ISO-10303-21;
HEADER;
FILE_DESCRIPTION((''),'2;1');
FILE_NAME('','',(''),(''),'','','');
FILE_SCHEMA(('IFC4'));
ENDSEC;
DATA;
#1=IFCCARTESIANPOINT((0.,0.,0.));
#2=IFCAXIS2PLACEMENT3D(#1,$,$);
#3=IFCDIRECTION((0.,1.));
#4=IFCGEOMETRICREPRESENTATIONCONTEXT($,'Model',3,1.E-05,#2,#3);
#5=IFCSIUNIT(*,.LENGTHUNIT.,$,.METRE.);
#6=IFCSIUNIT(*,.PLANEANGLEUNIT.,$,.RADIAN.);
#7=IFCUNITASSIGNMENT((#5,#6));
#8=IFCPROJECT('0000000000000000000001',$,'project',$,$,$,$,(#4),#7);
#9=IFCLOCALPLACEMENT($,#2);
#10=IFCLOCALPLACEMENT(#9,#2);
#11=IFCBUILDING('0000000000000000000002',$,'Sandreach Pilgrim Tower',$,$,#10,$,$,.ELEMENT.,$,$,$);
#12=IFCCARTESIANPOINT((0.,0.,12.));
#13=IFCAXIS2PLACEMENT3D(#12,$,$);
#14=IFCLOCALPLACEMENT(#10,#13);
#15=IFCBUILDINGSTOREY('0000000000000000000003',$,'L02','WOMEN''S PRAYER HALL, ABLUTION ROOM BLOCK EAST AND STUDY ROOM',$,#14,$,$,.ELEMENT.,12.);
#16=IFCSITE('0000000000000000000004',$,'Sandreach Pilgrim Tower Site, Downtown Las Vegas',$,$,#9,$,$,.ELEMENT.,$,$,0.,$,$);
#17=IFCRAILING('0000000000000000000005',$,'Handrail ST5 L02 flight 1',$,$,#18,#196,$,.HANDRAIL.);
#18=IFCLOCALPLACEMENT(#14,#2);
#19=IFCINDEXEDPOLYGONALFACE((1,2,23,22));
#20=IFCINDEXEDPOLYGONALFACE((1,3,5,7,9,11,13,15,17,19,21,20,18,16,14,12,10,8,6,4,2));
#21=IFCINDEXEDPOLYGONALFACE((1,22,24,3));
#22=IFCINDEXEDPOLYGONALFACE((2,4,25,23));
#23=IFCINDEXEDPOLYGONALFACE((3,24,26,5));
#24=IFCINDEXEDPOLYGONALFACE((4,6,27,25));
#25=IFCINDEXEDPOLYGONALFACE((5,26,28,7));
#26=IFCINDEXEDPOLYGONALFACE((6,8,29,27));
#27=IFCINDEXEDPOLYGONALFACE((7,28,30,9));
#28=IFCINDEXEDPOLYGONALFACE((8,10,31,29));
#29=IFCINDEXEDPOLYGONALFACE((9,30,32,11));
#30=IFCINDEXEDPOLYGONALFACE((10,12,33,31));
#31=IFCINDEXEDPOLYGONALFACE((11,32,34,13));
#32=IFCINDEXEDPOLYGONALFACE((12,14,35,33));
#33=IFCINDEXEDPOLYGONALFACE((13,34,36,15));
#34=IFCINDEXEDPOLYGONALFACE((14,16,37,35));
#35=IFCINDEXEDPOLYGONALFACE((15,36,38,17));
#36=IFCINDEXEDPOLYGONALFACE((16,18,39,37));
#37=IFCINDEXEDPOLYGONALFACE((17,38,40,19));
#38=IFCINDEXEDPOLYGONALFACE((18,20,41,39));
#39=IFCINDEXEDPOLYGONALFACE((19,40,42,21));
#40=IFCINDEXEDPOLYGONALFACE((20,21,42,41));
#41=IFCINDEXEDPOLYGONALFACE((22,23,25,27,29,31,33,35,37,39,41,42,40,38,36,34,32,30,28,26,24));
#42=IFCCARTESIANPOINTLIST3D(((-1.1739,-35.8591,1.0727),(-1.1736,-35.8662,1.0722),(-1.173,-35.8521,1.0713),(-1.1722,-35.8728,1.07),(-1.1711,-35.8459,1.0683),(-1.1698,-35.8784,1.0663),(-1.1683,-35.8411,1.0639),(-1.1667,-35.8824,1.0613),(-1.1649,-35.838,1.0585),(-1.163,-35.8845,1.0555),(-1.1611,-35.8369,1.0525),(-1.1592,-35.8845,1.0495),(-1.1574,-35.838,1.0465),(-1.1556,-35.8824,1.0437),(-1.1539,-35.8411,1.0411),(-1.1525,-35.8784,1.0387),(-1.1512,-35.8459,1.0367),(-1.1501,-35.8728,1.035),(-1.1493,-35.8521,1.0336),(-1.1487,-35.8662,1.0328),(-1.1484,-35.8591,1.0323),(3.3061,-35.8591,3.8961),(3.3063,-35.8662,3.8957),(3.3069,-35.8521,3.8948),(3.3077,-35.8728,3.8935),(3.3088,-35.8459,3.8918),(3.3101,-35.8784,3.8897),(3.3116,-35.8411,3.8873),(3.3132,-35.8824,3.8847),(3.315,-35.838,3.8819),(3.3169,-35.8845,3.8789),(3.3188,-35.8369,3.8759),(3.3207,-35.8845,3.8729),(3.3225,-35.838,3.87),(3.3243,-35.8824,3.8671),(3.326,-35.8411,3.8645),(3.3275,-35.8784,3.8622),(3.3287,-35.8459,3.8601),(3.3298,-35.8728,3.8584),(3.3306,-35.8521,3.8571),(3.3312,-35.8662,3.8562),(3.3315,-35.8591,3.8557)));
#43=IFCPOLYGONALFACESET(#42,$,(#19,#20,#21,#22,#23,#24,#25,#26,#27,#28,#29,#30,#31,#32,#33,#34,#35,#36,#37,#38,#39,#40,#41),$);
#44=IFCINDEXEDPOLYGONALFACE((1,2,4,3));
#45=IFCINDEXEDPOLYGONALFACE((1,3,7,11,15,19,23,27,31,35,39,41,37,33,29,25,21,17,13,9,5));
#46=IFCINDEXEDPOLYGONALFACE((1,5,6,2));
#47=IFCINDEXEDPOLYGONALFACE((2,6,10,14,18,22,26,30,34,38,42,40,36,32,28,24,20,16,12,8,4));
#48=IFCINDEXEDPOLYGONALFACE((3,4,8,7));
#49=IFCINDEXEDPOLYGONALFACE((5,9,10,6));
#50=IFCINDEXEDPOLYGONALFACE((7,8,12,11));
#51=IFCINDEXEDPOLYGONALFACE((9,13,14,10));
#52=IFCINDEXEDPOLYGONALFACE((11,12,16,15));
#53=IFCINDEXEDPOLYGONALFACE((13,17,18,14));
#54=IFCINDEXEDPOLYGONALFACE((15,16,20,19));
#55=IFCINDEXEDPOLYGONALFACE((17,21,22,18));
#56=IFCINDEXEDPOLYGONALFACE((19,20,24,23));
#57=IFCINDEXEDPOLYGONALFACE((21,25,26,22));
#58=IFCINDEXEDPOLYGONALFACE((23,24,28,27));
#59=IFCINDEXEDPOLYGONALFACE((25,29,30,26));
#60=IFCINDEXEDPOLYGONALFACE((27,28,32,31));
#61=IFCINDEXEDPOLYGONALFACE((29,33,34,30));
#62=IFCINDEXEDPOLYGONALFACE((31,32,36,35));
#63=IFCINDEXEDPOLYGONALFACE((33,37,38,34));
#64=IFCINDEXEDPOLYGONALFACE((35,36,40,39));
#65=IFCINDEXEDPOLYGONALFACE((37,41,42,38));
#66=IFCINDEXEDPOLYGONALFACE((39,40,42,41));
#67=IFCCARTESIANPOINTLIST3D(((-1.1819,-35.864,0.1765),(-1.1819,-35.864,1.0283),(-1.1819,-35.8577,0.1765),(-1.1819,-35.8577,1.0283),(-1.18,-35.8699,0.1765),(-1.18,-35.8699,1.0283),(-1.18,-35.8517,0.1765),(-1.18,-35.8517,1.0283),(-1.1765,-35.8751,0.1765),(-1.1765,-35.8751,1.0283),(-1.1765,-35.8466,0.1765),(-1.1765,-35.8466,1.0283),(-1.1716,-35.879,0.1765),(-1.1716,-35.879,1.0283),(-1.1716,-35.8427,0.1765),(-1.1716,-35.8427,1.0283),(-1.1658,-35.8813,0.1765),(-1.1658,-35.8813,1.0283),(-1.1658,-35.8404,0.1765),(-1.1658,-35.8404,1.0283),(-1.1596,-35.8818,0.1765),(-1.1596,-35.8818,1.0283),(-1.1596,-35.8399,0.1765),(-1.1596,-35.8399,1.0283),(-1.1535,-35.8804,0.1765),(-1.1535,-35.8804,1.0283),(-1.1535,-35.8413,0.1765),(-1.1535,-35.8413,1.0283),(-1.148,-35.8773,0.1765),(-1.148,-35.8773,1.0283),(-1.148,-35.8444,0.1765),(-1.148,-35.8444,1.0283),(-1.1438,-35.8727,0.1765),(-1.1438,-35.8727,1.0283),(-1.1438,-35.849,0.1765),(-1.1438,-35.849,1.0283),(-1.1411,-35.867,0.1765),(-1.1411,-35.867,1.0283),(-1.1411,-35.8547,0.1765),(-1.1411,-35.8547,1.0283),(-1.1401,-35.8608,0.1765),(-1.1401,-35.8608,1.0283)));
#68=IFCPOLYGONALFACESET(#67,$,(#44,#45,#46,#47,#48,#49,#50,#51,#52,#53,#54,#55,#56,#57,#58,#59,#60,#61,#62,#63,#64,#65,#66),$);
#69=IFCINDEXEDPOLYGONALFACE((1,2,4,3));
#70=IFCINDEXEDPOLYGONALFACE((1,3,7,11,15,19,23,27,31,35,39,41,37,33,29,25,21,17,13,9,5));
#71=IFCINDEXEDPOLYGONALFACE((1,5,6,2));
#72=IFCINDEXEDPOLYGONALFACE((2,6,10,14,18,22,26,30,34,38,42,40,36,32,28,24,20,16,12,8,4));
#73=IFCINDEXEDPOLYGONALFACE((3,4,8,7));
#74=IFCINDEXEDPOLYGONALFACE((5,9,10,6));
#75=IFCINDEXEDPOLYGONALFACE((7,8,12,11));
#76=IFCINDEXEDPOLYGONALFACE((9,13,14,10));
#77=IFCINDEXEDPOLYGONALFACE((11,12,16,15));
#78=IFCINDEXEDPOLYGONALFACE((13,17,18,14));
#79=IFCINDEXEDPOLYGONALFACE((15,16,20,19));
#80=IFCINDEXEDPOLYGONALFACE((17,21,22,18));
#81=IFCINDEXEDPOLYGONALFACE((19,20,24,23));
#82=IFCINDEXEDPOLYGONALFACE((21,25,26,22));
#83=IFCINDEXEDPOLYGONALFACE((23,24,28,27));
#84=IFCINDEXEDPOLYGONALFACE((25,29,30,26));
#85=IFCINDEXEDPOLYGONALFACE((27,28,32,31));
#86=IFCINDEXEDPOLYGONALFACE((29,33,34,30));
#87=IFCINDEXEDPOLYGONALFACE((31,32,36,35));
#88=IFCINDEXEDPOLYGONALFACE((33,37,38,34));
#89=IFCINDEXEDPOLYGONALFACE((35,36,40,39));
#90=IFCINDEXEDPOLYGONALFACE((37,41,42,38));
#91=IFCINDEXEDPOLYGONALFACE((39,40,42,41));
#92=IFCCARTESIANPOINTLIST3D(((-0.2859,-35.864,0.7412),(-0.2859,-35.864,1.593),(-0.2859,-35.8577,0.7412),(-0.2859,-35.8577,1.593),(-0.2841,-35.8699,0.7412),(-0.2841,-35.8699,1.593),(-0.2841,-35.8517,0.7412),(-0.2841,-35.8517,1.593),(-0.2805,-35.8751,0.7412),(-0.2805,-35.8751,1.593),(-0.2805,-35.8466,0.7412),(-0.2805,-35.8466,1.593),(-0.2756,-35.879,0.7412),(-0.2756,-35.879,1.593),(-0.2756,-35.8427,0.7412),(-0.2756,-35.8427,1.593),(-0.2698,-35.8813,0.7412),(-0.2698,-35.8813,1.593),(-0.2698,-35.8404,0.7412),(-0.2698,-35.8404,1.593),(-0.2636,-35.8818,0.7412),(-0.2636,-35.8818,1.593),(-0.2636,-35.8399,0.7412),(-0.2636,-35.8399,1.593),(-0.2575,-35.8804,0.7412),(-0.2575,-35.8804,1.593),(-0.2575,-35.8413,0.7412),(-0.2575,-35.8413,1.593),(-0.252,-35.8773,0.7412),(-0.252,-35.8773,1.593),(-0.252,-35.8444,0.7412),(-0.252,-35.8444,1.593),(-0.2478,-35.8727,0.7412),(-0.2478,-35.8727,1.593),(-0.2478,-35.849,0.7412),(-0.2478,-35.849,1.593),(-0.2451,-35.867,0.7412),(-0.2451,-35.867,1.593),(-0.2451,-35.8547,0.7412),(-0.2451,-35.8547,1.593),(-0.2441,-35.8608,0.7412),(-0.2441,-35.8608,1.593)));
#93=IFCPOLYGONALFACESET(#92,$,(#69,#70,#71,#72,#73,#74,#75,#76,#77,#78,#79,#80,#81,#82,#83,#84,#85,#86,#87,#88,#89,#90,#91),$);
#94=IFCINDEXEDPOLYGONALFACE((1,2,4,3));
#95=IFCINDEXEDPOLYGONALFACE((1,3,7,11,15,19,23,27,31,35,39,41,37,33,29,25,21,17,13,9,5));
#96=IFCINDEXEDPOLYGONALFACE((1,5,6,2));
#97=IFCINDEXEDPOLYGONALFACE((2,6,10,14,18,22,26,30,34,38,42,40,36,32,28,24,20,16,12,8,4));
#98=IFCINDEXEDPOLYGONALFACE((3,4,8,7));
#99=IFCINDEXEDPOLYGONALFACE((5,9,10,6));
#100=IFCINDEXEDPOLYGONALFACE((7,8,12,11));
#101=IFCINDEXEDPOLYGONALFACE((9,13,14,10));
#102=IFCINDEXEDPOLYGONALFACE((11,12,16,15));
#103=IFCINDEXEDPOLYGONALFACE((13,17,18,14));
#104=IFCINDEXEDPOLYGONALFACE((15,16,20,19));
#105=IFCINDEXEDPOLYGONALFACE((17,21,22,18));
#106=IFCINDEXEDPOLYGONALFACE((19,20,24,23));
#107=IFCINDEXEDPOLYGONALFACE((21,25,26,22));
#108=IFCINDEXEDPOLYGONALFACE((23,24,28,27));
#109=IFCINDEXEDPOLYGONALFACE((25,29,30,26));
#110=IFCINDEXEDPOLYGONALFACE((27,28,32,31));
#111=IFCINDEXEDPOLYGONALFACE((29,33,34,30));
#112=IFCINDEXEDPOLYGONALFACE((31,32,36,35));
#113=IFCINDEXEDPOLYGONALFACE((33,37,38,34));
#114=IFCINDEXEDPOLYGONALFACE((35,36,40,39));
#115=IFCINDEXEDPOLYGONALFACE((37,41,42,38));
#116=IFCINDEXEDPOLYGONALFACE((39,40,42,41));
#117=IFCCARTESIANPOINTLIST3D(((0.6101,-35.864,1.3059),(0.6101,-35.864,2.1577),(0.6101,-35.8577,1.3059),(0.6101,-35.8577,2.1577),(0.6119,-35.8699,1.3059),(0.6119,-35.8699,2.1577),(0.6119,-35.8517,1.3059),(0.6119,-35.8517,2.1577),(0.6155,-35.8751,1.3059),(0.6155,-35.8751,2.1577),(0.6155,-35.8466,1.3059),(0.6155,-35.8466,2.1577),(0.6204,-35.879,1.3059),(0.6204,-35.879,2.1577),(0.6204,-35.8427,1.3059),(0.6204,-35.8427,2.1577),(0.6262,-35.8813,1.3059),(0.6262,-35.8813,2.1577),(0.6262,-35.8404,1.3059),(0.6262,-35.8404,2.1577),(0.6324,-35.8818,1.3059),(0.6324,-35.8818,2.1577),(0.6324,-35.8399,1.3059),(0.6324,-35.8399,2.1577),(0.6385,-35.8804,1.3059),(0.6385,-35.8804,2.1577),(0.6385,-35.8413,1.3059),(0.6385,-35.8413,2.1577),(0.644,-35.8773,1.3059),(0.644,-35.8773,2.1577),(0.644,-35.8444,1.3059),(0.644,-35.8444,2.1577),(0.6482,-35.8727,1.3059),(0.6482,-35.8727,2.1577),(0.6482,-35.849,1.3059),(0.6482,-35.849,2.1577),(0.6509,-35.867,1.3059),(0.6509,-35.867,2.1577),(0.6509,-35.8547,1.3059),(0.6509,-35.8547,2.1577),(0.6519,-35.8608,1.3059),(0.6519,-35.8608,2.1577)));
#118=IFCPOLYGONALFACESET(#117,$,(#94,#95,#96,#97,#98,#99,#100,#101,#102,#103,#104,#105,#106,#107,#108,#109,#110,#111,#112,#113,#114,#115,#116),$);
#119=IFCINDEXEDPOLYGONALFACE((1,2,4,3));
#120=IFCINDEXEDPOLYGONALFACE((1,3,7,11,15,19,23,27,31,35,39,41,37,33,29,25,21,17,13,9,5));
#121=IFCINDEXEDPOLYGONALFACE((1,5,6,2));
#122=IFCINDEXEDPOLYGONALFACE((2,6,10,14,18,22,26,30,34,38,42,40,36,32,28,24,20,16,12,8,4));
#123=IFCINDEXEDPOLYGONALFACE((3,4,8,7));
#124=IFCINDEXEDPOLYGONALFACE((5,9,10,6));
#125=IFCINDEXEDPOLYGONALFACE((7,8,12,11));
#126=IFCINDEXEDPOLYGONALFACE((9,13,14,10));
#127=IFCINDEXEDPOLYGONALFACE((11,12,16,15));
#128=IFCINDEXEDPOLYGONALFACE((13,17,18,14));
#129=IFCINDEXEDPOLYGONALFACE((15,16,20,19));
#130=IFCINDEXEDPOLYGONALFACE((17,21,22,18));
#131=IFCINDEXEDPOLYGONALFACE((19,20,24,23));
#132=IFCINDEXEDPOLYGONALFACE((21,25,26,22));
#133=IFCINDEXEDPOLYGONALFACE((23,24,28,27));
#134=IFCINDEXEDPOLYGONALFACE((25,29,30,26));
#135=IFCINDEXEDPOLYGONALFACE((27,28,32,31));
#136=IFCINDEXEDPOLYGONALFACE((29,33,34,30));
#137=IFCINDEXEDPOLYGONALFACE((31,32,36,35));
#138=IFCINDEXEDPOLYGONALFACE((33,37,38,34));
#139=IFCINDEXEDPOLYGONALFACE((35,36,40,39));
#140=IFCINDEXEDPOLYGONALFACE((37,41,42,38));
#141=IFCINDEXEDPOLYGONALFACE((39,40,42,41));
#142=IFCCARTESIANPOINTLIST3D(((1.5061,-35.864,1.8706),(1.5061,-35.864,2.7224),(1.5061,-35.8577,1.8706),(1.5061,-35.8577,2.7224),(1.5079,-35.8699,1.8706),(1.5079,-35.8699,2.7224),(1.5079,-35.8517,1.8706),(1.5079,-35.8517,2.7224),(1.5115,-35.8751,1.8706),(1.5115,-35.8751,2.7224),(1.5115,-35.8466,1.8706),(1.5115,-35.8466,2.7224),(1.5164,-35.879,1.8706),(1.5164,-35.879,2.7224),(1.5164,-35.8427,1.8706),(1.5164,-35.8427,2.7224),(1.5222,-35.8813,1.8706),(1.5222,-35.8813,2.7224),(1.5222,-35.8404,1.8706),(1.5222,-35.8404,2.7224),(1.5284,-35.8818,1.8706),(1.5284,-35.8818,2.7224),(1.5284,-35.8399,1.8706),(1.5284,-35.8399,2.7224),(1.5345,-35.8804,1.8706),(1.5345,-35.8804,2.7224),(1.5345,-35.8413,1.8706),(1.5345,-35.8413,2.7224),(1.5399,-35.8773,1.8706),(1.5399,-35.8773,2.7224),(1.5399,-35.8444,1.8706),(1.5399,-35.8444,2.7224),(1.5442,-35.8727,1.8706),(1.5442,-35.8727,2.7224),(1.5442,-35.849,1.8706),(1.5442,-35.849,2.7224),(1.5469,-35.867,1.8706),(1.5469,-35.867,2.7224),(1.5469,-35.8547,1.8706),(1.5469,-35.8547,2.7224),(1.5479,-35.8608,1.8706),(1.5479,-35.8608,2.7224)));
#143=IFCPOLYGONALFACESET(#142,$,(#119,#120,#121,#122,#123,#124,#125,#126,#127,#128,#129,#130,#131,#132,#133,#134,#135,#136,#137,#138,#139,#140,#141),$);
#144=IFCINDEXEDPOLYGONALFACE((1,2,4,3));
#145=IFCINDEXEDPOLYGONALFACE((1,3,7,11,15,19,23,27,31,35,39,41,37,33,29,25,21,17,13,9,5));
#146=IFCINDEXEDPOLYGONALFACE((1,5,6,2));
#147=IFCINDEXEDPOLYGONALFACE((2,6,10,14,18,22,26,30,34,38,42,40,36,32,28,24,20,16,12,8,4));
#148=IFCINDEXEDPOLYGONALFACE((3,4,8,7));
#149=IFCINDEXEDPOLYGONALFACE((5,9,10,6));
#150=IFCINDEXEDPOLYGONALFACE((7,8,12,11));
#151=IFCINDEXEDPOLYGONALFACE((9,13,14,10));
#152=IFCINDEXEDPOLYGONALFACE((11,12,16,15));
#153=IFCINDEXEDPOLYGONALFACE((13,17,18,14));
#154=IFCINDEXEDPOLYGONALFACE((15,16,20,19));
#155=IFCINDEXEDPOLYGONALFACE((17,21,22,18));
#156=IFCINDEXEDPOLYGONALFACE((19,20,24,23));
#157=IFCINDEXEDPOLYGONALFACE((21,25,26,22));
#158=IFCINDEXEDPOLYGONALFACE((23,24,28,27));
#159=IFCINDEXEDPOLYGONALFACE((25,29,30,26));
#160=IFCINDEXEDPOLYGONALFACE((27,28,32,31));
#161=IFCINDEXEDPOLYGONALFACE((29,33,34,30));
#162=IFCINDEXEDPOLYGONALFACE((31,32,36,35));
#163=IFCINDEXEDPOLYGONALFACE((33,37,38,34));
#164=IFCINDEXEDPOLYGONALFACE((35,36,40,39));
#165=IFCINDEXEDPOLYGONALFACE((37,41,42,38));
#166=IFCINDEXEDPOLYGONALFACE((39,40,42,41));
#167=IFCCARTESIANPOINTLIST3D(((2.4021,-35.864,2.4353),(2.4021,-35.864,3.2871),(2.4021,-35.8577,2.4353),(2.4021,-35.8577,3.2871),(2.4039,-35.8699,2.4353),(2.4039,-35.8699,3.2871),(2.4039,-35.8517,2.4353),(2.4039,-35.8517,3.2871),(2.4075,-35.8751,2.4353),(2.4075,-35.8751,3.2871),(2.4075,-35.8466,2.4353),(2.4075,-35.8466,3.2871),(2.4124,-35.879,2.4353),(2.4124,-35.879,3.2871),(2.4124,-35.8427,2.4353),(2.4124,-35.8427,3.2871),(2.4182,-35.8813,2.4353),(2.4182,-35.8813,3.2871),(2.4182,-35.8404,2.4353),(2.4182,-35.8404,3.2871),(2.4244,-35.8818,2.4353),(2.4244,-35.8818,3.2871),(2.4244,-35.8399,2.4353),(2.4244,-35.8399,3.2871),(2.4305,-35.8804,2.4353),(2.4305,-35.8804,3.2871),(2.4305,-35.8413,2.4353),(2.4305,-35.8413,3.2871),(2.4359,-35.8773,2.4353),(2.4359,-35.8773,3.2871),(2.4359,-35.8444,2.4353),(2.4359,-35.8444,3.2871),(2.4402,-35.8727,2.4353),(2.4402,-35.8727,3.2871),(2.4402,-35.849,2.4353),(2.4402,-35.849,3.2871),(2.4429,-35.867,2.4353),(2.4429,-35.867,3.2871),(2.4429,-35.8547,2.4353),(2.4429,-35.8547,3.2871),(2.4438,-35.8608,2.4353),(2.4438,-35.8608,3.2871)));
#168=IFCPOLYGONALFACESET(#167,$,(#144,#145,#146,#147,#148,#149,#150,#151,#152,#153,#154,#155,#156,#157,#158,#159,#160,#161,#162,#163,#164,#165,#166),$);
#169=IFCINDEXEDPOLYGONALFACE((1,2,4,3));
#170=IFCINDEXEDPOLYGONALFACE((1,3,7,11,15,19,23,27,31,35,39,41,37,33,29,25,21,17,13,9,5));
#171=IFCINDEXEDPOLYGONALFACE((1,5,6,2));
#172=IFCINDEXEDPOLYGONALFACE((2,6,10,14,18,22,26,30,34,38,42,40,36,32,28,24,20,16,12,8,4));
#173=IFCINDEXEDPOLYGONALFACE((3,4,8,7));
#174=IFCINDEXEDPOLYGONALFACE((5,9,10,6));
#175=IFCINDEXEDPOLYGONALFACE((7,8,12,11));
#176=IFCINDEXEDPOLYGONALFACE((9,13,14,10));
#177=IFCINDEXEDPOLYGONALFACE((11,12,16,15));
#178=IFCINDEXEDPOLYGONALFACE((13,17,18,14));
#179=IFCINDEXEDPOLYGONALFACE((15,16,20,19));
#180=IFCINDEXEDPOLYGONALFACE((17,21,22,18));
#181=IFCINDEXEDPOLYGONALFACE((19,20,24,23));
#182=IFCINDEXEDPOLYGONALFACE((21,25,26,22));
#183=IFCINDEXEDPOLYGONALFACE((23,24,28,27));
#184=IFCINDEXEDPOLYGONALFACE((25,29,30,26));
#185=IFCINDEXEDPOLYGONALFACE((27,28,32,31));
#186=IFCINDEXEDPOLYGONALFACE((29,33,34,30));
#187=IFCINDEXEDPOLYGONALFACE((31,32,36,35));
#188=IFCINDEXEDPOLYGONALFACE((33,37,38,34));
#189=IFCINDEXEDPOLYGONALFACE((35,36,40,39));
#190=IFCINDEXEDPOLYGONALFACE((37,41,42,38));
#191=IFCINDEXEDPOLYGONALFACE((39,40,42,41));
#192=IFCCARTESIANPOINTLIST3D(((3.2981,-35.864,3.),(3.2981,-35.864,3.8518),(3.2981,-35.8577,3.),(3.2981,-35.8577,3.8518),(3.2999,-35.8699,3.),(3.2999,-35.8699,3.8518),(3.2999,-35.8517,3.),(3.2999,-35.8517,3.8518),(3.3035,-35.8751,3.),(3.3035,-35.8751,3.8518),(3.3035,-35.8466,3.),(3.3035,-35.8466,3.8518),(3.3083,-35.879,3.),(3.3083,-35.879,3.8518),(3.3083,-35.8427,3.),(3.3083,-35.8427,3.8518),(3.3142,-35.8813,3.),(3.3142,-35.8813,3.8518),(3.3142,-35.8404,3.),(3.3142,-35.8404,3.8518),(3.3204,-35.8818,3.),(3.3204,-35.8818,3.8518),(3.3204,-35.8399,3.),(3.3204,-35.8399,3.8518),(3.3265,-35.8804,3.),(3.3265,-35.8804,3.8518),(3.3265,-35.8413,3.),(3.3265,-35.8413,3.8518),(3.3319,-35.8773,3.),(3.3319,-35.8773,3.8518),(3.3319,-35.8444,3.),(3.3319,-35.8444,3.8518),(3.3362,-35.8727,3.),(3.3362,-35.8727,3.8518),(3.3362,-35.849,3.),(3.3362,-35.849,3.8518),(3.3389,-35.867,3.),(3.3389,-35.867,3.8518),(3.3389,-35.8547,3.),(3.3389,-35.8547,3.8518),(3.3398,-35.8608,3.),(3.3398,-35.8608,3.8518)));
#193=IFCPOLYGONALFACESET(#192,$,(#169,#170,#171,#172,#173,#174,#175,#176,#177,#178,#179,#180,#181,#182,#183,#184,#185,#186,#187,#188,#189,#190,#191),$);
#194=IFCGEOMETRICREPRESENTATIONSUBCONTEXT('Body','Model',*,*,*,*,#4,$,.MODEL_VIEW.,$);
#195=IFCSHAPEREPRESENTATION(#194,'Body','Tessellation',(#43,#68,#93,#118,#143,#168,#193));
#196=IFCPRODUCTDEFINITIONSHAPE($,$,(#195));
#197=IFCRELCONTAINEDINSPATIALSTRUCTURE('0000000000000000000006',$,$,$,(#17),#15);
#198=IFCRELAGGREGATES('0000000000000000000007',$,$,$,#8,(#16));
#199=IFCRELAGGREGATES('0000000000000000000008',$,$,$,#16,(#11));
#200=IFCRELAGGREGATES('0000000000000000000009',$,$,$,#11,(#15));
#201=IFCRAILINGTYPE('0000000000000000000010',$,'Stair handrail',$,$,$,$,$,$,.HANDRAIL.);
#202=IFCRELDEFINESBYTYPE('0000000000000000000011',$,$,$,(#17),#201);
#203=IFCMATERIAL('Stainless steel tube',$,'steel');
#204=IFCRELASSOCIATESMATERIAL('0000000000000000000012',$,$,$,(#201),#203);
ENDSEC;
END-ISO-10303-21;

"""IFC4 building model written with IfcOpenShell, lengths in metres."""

from ifc_helpers import new_model, si_unit, direction, frame, origin, origin_2d, place, context, subcontext, project, spatial, circle, extrude, material, type_object, element, save


model = new_model("IFC4")

# Units and contexts
model_context = context("Model", 3, precision=1e-05, world=origin(), true_north=direction((0.0, 1.0)))
body_context = subcontext(model_context, "Body", "Model", "MODEL_VIEW")
ifc_project = project(units=[si_unit("LENGTHUNIT", "METRE"), si_unit("PLANEANGLEUNIT", "RADIAN")], contexts=[model_context])

# Site, building, storey
site_placement = place(None, origin())
site = spatial("IfcSite", under=ifc_project, at=site_placement, Name="Sandreach Pilgrim Tower Site, Downtown Las Vegas", CompositionType="ELEMENT", RefElevation=0.0)
building_placement = place(site_placement, origin())
building = spatial("IfcBuilding", under=site, at=building_placement, Name="Sandreach Pilgrim Tower", CompositionType="ELEMENT")
storey_placement = place(building_placement, frame((0.0, 0.0, 12.0)))
storey = spatial("IfcBuildingStorey", under=building, at=storey_placement, Name="L02", Description="WOMEN'S PRAYER HALL, ABLUTION ROOM BLOCK EAST AND STUDY ROOM", CompositionType="ELEMENT", Elevation=12.0)

# Railing
ifc_material_1 = material(Name="Stainless steel tube", Category="steel")
railing_type = type_object("IfcRailingType", Name="Stair handrail", PredefinedType="HANDRAIL", material=ifc_material_1)
for number, where, name in (
    (1, (-1.1611, -35.8608, 0.1765), "Handrail ST5 L02 flight 1"),
):
    element("IfcRailing", number, at=place(storey_placement, frame(where)), inside=storey, type_object=railing_type, Name=name, PredefinedType="HANDRAIL", context=body_context, shape_type="SweptSolid", body=[
        extrude(circle(Radius=0.0239, at=origin_2d()), frame((0.0, 0.0, 0.876), z_axis=(0.845998, 0.0, 0.533186), x_axis=(0.0, 1.0, 0.0)), (0.0, 0.0, 1.0), 5.2954),
        extrude(circle(Radius=0.021, at=origin_2d()), origin(), (0.0, 0.0, 1.0), 0.8518),
        extrude(circle(Radius=0.021, at=origin_2d()), frame((0.896, 0.0, 0.5647)), (0.0, 0.0, 1.0), 0.8518),
        extrude(circle(Radius=0.021, at=origin_2d()), frame((1.792, 0.0, 1.1294)), (0.0, 0.0, 1.0), 0.8518),
        extrude(circle(Radius=0.021, at=origin_2d()), frame((2.688, 0.0, 1.6941)), (0.0, 0.0, 1.0), 0.8518),
        extrude(circle(Radius=0.021, at=origin_2d()), frame((3.584, 0.0, 2.2588)), (0.0, 0.0, 1.0), 0.8518),
        extrude(circle(Radius=0.021, at=origin_2d()), frame((4.48, 0.0, 2.8235)), (0.0, 0.0, 1.0), 0.8518),
    ])

save(model, "model.ifc")
